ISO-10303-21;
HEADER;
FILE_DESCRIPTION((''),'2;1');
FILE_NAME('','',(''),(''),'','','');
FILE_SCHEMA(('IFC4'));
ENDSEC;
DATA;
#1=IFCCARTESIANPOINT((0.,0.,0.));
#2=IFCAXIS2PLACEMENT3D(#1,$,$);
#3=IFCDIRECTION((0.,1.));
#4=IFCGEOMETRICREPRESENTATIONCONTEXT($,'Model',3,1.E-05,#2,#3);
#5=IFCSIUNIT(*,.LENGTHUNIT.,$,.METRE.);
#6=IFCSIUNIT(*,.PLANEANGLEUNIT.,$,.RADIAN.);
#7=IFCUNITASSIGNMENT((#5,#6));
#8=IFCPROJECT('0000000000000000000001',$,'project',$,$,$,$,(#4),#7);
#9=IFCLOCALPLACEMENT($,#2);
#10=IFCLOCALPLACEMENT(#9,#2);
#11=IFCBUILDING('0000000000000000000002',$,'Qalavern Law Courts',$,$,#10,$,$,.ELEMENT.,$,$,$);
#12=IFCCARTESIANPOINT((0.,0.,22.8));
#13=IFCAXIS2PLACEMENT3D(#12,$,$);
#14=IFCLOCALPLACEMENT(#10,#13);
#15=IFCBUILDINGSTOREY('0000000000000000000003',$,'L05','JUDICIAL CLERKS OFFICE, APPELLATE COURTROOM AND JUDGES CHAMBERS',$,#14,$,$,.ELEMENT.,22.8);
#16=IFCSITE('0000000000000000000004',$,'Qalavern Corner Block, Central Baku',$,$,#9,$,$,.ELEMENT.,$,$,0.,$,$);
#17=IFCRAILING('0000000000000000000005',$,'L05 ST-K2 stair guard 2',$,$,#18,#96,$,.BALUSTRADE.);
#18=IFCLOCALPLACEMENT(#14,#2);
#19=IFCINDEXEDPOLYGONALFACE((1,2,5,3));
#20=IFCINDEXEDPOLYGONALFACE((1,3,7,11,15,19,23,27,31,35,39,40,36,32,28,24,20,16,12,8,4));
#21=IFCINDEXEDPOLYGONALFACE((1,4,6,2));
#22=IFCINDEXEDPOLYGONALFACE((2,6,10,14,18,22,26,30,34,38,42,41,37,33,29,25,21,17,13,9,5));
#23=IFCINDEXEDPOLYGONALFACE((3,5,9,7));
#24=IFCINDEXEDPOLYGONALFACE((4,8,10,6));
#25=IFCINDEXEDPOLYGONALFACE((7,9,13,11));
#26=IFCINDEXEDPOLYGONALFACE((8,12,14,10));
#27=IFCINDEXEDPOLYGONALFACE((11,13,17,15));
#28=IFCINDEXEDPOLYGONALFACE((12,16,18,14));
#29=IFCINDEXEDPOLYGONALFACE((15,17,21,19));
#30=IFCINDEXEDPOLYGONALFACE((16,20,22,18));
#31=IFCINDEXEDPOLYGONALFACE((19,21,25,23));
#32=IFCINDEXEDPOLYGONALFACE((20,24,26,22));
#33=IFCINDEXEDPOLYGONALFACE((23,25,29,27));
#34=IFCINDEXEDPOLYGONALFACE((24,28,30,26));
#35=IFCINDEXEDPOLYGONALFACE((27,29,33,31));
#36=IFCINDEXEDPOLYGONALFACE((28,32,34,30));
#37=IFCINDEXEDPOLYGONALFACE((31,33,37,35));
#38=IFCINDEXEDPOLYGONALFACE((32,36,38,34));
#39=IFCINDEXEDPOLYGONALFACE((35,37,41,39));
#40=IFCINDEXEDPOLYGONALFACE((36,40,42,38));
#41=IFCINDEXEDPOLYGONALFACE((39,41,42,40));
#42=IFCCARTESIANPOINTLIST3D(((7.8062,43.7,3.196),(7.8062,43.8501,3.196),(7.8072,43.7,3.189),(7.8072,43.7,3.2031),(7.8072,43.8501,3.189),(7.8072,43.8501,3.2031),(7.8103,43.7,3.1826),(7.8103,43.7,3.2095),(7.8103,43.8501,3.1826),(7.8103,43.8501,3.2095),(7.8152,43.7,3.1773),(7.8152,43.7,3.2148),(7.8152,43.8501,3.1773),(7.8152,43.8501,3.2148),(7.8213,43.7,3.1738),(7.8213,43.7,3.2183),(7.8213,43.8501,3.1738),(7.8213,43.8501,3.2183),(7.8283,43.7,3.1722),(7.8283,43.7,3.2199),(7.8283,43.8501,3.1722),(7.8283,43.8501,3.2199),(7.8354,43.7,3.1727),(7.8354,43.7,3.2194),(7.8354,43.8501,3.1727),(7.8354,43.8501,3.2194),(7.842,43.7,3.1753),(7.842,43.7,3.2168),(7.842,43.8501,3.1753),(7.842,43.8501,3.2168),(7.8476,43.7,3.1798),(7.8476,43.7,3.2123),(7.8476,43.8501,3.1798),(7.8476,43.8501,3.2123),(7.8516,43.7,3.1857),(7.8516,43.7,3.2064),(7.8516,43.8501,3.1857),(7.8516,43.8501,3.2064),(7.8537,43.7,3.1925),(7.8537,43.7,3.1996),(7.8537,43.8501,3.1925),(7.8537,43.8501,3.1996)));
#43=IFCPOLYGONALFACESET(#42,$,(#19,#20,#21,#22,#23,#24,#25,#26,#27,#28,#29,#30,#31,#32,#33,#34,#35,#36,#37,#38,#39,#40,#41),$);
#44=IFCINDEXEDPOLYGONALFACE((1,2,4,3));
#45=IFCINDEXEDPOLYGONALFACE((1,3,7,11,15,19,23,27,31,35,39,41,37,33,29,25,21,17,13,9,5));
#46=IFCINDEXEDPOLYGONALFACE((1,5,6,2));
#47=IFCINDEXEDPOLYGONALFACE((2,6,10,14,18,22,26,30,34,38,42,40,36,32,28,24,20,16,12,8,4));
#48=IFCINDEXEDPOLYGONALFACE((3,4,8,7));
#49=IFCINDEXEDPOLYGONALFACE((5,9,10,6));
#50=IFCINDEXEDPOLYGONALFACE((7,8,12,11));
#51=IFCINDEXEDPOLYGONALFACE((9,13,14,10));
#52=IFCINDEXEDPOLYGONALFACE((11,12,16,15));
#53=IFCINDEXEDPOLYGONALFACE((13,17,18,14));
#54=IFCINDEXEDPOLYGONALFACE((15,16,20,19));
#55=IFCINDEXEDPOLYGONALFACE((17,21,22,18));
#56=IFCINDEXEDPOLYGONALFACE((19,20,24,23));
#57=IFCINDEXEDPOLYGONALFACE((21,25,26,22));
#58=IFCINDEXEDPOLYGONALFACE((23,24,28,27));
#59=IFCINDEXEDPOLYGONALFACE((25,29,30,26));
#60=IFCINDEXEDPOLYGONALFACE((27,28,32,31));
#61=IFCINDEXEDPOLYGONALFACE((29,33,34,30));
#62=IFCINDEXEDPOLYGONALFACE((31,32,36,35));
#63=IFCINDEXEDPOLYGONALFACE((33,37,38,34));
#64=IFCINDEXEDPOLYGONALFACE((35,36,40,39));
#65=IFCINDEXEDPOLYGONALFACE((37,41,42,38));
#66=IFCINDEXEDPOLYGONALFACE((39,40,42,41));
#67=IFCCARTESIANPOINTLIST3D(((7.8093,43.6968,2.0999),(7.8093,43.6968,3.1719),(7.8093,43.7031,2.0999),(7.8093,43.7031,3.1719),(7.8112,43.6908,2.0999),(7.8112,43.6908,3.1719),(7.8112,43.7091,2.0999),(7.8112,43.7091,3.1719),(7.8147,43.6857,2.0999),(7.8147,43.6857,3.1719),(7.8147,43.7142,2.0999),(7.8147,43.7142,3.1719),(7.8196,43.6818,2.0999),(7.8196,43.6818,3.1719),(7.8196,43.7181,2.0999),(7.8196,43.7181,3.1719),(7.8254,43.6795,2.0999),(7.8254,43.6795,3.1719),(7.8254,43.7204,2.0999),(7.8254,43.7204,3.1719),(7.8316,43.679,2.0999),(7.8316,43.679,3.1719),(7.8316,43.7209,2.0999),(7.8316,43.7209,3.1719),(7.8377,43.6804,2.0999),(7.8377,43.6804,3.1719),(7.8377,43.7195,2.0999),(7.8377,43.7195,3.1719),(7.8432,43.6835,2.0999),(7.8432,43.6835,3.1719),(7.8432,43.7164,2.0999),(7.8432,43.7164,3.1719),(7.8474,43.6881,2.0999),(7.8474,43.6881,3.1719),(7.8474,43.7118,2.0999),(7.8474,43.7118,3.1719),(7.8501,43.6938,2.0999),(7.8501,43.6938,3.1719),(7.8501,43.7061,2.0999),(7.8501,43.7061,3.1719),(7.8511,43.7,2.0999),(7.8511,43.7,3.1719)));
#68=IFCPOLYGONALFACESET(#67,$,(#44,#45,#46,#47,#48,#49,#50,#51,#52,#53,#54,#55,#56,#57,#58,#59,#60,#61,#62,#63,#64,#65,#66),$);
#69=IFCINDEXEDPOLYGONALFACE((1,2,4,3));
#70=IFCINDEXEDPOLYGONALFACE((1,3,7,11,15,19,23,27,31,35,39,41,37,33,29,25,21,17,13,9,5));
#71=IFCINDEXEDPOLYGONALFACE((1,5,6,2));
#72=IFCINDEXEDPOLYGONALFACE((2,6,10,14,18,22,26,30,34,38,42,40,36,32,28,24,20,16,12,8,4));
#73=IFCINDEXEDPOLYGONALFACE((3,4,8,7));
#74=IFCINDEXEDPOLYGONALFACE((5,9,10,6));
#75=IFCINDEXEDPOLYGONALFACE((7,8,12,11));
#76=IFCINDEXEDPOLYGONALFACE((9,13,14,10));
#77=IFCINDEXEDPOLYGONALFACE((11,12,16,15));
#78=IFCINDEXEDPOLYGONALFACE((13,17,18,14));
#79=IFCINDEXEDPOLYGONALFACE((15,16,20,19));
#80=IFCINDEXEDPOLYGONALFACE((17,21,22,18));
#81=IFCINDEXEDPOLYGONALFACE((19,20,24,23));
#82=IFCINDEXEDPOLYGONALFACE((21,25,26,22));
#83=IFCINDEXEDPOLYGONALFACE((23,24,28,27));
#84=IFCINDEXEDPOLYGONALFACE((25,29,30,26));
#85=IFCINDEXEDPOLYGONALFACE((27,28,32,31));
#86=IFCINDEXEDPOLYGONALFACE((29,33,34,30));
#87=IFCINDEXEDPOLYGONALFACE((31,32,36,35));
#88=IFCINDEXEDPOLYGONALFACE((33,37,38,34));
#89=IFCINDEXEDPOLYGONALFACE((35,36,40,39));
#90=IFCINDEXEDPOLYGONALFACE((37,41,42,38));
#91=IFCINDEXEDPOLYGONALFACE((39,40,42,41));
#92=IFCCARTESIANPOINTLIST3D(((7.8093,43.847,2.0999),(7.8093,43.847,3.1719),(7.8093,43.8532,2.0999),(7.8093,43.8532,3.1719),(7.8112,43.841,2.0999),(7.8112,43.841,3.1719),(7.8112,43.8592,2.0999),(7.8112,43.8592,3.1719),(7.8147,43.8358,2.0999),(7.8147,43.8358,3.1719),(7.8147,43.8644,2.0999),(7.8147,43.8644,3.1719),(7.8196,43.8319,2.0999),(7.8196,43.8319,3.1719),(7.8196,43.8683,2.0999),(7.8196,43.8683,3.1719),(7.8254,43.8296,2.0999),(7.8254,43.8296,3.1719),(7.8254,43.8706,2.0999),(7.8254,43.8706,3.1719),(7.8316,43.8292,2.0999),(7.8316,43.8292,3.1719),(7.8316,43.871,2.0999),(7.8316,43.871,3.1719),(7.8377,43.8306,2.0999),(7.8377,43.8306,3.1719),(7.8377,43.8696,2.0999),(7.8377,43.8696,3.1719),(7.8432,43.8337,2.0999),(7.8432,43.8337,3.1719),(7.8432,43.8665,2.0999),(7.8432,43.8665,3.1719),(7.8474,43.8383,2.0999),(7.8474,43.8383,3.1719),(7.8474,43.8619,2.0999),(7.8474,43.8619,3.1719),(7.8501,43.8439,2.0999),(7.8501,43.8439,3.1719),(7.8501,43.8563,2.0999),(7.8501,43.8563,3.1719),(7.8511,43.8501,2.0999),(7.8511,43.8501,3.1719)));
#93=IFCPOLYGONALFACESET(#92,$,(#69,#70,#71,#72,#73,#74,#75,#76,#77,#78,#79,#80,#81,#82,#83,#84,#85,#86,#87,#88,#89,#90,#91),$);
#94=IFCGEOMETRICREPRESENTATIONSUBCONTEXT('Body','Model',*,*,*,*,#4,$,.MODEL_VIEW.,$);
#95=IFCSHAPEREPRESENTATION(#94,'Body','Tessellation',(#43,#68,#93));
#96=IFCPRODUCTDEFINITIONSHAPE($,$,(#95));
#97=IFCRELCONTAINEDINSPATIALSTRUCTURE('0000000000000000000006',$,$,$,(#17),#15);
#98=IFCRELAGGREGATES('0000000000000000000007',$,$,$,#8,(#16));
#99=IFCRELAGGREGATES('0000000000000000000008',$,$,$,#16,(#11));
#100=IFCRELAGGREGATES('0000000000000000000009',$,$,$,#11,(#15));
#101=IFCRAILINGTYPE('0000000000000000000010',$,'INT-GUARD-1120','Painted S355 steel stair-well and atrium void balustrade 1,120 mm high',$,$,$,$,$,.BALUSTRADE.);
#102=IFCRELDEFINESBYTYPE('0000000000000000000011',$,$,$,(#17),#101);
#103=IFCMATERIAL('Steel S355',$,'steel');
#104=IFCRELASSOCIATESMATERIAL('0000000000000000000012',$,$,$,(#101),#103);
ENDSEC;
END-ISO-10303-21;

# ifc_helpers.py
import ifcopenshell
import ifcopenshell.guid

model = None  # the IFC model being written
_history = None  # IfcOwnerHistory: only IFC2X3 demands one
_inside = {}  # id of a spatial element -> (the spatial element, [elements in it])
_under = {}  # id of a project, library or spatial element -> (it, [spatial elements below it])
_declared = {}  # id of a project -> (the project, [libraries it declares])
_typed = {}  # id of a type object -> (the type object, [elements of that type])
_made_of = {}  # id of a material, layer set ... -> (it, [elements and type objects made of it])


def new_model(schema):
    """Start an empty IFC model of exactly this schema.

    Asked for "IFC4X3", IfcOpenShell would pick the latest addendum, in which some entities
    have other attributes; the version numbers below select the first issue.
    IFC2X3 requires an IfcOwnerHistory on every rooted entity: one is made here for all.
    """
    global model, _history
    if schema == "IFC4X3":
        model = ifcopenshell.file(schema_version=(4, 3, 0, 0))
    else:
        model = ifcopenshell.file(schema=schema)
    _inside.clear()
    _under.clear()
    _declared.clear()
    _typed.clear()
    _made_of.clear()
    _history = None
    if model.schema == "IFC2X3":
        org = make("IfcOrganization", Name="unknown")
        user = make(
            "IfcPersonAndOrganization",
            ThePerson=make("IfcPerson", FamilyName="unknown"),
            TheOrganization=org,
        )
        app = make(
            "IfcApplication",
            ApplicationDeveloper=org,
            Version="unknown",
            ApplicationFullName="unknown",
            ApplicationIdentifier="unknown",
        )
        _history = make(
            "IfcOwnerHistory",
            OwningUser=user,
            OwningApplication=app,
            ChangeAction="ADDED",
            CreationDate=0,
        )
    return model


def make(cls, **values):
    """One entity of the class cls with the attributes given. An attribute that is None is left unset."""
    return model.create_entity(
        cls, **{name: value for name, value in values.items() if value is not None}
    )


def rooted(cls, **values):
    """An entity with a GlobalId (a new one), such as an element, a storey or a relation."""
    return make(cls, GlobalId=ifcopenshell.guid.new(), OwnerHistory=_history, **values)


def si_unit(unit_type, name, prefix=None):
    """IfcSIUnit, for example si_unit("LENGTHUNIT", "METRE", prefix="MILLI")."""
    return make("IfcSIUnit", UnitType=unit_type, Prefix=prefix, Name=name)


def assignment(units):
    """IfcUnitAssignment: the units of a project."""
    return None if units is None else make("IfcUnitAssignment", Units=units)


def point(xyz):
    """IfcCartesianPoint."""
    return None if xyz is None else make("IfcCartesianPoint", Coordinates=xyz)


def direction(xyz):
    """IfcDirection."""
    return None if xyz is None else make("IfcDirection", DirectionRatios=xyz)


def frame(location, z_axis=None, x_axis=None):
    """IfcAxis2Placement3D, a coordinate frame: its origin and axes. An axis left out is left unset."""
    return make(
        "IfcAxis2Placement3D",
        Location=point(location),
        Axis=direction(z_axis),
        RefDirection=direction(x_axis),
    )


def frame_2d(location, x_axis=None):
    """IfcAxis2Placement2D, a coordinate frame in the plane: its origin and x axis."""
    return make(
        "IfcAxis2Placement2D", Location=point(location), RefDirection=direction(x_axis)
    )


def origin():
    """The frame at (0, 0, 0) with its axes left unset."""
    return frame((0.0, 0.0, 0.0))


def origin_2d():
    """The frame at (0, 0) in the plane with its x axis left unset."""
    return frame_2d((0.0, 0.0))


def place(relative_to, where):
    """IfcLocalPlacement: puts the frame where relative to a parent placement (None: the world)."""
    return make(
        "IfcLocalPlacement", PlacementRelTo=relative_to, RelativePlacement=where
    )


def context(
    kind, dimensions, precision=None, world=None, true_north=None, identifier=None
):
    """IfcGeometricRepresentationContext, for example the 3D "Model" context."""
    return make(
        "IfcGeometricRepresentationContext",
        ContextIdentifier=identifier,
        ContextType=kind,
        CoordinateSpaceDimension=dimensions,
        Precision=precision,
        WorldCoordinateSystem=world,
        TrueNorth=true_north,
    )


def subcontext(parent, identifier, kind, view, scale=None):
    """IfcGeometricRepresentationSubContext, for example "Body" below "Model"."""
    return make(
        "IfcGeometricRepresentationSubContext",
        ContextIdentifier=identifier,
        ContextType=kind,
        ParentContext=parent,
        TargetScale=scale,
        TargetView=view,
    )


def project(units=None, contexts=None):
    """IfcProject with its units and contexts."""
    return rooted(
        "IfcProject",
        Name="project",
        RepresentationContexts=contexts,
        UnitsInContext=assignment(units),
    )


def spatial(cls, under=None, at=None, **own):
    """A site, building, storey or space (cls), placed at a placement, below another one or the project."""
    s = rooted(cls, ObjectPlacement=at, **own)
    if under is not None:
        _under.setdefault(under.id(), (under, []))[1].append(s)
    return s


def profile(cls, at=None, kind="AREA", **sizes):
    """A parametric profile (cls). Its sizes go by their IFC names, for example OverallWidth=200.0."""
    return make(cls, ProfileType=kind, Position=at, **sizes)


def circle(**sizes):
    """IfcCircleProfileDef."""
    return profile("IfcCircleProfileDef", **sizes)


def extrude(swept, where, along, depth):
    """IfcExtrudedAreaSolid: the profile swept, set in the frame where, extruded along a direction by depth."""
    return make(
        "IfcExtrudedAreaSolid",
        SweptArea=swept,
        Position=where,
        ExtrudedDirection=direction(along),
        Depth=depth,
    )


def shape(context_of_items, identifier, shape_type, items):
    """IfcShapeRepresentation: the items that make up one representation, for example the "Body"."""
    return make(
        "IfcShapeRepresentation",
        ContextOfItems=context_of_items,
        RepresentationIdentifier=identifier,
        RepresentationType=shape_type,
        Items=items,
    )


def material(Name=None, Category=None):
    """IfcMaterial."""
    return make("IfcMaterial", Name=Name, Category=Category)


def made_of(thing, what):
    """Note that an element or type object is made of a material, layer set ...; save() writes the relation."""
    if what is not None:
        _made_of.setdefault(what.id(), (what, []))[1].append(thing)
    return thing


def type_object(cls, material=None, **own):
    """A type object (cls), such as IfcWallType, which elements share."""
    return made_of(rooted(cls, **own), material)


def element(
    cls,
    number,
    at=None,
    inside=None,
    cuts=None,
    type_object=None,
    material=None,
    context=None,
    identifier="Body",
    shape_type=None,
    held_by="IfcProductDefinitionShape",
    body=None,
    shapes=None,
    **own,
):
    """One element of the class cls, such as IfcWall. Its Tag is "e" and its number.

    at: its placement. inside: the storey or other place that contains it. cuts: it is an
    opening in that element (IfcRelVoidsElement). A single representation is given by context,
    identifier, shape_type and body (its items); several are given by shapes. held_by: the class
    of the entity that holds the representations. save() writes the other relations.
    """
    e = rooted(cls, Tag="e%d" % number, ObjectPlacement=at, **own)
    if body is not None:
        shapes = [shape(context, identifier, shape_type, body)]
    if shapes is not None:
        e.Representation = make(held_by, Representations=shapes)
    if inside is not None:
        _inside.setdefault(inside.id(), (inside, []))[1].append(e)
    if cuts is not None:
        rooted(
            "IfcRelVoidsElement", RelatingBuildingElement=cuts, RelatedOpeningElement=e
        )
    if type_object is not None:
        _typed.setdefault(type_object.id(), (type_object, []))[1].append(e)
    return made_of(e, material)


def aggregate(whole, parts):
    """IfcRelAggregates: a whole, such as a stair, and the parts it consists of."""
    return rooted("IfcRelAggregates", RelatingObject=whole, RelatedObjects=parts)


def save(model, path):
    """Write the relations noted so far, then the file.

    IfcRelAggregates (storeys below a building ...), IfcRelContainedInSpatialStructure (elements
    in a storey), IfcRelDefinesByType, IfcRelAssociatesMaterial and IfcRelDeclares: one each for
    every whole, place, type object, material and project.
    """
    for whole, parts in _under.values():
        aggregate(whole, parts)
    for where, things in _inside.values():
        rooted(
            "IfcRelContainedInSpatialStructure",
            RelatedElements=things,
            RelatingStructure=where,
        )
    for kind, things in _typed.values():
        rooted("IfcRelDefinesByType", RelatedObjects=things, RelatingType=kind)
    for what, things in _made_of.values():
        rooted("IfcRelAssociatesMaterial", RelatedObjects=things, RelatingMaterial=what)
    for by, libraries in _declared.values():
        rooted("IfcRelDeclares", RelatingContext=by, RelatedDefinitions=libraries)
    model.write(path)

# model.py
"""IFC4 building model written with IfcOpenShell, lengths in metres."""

from ifc_helpers import new_model, si_unit, direction, frame, origin, origin_2d, place, context, subcontext, project, spatial, circle, extrude, material, type_object, element, save


model = new_model("IFC4")

# Units and contexts
model_context = context("Model", 3, precision=1e-05, world=origin(), true_north=direction((0.0, 1.0)))
body_context = subcontext(model_context, "Body", "Model", "MODEL_VIEW")
ifc_project = project(units=[si_unit("LENGTHUNIT", "METRE"), si_unit("PLANEANGLEUNIT", "RADIAN")], contexts=[model_context])

# Site, building, storey
site_placement = place(None, origin())
site = spatial("IfcSite", under=ifc_project, at=site_placement, Name="Qalavern Corner Block, Central Baku", CompositionType="ELEMENT", RefElevation=0.0)
building_placement = place(site_placement, origin())
building = spatial("IfcBuilding", under=site, at=building_placement, Name="Qalavern Law Courts", CompositionType="ELEMENT")
storey_placement = place(building_placement, frame((0.0, 0.0, 22.8)))
storey = spatial("IfcBuildingStorey", under=building, at=storey_placement, Name="L05", Description="JUDICIAL CLERKS OFFICE, APPELLATE COURTROOM AND JUDGES CHAMBERS", CompositionType="ELEMENT", Elevation=22.8)

# Shared definitions
ifc_material_1 = material(Name="Steel S355", Category="steel")

# Railing
railing_type_1 = type_object("IfcRailingType", Name="INT-GUARD-1120", Description="Painted S355 steel stair-well and atrium void balustrade 1,120 mm high", PredefinedType="BALUSTRADE", material=ifc_material_1)
railing_1_placement = place(storey_placement, frame((7.8301, 43.7, 2.0999)))
element("IfcRailing", 1, at=railing_1_placement, inside=storey, type_object=railing_type_1, Name="L05 ST-K2 stair guard 2", PredefinedType="BALUSTRADE", context=body_context, shape_type="SweptSolid", body=[
    extrude(circle(Radius=0.0239, at=origin_2d()), frame((0.0, 0.0, 1.0962), z_axis=(0.0, 1.0, 0.0), x_axis=(-1.0, 0.0, 0.0)), (0.0, 0.0, 1.0), 0.1501),
    extrude(circle(Radius=0.021, at=origin_2d()), origin(), (0.0, 0.0, 1.0), 1.072),
    extrude(circle(Radius=0.021, at=origin_2d()), frame((0.0, 0.1501, 0.0)), (0.0, 0.0, 1.0), 1.072),
])

save(model, "model.ifc")
